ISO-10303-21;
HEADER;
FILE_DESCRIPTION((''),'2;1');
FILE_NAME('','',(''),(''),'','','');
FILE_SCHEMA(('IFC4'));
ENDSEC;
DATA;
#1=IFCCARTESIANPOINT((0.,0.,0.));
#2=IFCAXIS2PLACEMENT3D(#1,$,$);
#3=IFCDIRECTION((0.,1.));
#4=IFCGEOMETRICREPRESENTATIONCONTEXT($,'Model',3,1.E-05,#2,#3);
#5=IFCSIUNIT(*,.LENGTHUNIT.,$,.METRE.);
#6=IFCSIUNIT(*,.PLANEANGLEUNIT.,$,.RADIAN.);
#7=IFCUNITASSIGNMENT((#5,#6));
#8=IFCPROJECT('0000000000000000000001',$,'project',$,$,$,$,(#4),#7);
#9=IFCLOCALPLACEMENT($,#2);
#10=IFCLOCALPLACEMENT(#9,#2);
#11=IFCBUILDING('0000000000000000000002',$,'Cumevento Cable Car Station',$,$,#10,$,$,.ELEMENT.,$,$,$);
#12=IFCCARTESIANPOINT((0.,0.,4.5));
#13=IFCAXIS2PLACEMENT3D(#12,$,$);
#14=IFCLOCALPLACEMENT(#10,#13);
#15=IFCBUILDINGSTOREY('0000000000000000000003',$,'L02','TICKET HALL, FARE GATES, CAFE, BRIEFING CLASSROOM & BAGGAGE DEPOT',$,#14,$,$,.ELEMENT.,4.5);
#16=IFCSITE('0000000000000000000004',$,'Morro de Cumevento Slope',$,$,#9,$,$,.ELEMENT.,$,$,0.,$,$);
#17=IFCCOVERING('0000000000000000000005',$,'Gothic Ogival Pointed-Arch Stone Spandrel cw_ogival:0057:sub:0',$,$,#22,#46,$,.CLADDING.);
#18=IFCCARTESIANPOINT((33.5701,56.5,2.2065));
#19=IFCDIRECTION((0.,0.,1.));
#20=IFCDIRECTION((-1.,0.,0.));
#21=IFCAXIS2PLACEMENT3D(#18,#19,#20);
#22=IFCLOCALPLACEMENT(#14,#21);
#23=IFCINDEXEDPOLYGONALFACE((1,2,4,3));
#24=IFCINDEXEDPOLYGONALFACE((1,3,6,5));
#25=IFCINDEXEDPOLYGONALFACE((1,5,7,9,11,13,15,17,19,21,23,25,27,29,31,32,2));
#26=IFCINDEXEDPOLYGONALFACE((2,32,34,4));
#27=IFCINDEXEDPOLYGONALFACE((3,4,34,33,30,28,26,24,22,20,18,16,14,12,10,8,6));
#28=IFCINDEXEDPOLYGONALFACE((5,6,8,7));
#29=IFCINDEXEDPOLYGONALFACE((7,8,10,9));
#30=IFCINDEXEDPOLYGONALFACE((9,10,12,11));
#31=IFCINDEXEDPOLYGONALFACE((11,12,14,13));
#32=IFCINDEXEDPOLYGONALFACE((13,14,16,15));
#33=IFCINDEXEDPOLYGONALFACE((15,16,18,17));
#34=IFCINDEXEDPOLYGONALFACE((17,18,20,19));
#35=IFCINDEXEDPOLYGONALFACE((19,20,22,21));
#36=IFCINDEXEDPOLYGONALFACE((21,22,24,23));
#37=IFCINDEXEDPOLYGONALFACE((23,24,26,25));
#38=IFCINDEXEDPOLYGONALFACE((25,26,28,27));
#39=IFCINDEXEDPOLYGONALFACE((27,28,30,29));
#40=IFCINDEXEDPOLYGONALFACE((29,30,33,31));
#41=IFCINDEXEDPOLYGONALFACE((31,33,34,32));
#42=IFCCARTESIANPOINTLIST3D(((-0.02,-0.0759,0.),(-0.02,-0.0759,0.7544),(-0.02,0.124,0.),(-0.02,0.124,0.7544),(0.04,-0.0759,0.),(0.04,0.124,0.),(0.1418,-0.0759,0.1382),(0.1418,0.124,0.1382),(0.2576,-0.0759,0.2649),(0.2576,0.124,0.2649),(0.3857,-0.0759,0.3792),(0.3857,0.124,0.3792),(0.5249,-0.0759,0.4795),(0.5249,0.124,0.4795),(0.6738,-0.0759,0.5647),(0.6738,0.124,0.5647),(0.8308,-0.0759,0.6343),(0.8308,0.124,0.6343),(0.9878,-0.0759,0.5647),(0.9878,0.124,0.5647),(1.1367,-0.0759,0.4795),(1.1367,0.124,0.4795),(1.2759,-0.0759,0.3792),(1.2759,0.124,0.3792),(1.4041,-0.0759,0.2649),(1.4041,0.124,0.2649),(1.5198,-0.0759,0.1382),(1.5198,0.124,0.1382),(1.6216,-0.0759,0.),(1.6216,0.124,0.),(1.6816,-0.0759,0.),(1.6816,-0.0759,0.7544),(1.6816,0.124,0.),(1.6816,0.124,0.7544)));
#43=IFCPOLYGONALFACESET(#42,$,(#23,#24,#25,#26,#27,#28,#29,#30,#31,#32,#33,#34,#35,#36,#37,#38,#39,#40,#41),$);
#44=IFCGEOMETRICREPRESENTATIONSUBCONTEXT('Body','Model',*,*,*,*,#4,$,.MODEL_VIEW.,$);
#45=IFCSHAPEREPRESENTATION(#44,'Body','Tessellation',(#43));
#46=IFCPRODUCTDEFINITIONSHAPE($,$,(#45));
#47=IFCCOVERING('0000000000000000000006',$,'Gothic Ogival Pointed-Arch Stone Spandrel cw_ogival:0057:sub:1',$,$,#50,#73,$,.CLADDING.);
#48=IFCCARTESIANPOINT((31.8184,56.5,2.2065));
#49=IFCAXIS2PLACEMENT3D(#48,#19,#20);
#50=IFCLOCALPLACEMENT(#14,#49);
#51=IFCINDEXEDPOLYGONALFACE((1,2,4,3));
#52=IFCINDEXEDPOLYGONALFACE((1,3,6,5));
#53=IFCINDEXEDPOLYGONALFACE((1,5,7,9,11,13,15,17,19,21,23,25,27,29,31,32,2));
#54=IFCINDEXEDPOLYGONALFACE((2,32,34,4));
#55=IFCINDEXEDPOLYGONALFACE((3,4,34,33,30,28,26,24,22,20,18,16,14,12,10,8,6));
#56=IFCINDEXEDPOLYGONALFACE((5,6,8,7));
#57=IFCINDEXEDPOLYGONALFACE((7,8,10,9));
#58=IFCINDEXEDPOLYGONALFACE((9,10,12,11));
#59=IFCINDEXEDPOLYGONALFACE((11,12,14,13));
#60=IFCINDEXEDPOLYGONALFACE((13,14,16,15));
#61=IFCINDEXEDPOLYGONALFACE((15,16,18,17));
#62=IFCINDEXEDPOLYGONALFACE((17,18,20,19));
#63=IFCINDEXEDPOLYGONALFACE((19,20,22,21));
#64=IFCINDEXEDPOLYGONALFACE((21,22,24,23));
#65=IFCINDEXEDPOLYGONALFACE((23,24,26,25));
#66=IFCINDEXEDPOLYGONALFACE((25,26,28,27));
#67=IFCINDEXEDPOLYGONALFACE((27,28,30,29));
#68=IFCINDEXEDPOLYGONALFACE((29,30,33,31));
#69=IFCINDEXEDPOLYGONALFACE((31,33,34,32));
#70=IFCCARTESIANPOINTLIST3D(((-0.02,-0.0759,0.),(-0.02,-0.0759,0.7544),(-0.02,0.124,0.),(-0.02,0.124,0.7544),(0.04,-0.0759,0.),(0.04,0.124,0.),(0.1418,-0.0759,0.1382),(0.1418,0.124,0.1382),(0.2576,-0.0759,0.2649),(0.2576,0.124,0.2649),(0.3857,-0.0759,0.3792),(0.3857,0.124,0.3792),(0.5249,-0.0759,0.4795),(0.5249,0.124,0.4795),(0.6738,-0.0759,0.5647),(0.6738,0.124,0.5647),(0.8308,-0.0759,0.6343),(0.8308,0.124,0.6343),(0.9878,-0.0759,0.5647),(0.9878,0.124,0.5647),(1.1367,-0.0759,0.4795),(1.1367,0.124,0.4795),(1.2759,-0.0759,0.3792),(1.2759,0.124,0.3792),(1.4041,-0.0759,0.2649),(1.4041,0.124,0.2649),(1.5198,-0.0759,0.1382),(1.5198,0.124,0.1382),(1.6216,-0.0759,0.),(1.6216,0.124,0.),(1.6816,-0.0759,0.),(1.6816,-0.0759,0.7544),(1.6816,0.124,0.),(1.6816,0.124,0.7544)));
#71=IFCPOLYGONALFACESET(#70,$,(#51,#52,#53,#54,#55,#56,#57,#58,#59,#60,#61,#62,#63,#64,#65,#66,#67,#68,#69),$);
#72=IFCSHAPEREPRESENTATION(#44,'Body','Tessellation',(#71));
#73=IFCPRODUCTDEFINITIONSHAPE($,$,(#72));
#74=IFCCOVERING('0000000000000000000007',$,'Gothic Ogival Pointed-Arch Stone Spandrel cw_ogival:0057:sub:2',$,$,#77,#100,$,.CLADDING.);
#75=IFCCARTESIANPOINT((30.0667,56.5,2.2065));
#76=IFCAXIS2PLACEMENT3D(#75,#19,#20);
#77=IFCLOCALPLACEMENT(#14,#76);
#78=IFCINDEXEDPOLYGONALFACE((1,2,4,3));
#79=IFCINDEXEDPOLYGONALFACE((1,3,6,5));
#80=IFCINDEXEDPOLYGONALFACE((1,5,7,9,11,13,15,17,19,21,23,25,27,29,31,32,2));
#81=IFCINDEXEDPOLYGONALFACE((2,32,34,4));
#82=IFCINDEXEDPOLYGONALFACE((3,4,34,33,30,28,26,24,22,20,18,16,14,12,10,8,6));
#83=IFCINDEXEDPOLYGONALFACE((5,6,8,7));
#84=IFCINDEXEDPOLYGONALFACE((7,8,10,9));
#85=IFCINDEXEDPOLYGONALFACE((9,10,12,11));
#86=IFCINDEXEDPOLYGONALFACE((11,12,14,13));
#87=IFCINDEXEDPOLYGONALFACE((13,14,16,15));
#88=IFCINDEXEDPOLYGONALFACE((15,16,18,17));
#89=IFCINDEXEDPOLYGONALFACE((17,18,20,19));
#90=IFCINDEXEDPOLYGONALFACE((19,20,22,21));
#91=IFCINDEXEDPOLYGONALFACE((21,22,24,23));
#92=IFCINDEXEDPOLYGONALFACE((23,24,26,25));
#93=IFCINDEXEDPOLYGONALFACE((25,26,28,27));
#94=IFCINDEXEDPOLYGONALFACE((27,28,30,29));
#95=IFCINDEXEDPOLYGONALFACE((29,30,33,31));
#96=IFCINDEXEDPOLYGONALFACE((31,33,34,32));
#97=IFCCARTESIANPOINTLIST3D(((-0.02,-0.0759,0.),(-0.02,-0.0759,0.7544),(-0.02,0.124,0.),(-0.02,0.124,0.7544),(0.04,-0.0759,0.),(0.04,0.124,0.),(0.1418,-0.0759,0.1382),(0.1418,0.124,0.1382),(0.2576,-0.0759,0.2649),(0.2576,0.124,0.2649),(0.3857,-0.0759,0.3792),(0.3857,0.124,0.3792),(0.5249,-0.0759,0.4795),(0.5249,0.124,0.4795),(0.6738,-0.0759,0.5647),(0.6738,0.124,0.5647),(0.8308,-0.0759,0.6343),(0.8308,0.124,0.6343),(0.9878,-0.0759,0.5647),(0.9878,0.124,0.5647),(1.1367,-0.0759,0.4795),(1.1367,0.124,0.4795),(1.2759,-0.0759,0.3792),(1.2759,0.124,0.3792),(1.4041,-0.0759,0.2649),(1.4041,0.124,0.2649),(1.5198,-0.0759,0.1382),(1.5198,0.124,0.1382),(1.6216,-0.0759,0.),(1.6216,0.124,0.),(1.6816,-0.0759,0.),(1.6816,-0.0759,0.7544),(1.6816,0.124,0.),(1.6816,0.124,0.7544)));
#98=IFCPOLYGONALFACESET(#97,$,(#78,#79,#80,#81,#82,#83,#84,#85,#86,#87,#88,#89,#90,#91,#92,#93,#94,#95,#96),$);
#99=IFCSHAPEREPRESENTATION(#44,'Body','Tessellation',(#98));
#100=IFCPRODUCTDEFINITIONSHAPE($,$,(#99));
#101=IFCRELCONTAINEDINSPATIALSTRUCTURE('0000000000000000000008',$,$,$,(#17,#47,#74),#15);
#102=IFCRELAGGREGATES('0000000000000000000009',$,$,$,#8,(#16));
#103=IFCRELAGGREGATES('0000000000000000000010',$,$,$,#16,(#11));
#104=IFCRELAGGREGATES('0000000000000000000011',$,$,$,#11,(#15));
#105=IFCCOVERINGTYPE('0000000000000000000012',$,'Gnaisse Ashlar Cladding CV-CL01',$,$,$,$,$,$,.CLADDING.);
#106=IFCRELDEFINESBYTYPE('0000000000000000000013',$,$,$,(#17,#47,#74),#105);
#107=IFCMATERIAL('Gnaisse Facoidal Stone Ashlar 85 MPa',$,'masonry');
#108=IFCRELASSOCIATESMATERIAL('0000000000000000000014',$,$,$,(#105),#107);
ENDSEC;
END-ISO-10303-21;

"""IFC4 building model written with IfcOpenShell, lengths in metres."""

from ifc_helpers import new_model, si_unit, direction, frame, origin, place, context, subcontext, project, spatial, polyline, outline, extrude, material, type_object, element, save


model = new_model("IFC4")

# Units and contexts
model_context = context("Model", 3, precision=1e-05, world=origin(), true_north=direction((0.0, 1.0)))
body_context = subcontext(model_context, "Body", "Model", "MODEL_VIEW")
ifc_project = project(units=[si_unit("LENGTHUNIT", "METRE"), si_unit("PLANEANGLEUNIT", "RADIAN")], contexts=[model_context])

# Site, building, storey
site_placement = place(None, origin())
site = spatial("IfcSite", under=ifc_project, at=site_placement, Name="Morro de Cumevento Slope", CompositionType="ELEMENT", RefElevation=0.0)
building_placement = place(site_placement, origin())
building = spatial("IfcBuilding", under=site, at=building_placement, Name="Cumevento Cable Car Station", CompositionType="ELEMENT")
storey_placement = place(building_placement, frame((0.0, 0.0, 4.5)))
storey = spatial("IfcBuildingStorey", under=building, at=storey_placement, Name="L02", Description="TICKET HALL, FARE GATES, CAFE, BRIEFING CLASSROOM & BAGGAGE DEPOT", CompositionType="ELEMENT", Elevation=4.5)

# Coverings
ifc_material_1 = material(Name="Gnaisse Facoidal Stone Ashlar 85 MPa", Category="masonry")
covering_type = type_object("IfcCoveringType", Name="Gnaisse Ashlar Cladding CV-CL01", PredefinedType="CLADDING", material=ifc_material_1)
for number, where, z_axis, x_axis, name in (
    (1, (33.5701, 56.5, 2.2065), (0.0, 0.0, 1.0), (-1.0, 0.0, 0.0), "Gothic Ogival Pointed-Arch Stone Spandrel cw_ogival:0057:sub:0"),
    (2, (31.8184, 56.5, 2.2065), (0.0, 0.0, 1.0), (-1.0, 0.0, 0.0), "Gothic Ogival Pointed-Arch Stone Spandrel cw_ogival:0057:sub:1"),
    (3, (30.0667, 56.5, 2.2065), (0.0, 0.0, 1.0), (-1.0, 0.0, 0.0), "Gothic Ogival Pointed-Arch Stone Spandrel cw_ogival:0057:sub:2"),
):
    element("IfcCovering", number, at=place(storey_placement, frame(where, z_axis=z_axis, x_axis=x_axis)), inside=storey, type_object=covering_type, Name=name, PredefinedType="CLADDING", context=body_context, shape_type="SweptSolid", body=[
        extrude(outline(polyline([(-0.02, 0.0), (-0.02, 0.7544), (1.6816, 0.7544), (1.6816, 0.0), (1.6216, 0.0), (1.5198, 0.1382), (1.4041, 0.2649), (1.2759, 0.3792), (1.1367, 0.4795), (0.9878, 0.5647), (0.8308, 0.6343), (0.6738, 0.5647), (0.5249, 0.4795), (0.3857, 0.3792), (0.2576, 0.2649), (0.1418, 0.1382), (0.04, 0.0), (-0.02, 0.0)])), frame((0.0, 0.124, 0.0), z_axis=(0.0, -1.0, 0.0), x_axis=(1.0, 0.0, 0.0)), (0.0, 0.0, 1.0), 0.2),
    ])

save(model, "model.ifc")
